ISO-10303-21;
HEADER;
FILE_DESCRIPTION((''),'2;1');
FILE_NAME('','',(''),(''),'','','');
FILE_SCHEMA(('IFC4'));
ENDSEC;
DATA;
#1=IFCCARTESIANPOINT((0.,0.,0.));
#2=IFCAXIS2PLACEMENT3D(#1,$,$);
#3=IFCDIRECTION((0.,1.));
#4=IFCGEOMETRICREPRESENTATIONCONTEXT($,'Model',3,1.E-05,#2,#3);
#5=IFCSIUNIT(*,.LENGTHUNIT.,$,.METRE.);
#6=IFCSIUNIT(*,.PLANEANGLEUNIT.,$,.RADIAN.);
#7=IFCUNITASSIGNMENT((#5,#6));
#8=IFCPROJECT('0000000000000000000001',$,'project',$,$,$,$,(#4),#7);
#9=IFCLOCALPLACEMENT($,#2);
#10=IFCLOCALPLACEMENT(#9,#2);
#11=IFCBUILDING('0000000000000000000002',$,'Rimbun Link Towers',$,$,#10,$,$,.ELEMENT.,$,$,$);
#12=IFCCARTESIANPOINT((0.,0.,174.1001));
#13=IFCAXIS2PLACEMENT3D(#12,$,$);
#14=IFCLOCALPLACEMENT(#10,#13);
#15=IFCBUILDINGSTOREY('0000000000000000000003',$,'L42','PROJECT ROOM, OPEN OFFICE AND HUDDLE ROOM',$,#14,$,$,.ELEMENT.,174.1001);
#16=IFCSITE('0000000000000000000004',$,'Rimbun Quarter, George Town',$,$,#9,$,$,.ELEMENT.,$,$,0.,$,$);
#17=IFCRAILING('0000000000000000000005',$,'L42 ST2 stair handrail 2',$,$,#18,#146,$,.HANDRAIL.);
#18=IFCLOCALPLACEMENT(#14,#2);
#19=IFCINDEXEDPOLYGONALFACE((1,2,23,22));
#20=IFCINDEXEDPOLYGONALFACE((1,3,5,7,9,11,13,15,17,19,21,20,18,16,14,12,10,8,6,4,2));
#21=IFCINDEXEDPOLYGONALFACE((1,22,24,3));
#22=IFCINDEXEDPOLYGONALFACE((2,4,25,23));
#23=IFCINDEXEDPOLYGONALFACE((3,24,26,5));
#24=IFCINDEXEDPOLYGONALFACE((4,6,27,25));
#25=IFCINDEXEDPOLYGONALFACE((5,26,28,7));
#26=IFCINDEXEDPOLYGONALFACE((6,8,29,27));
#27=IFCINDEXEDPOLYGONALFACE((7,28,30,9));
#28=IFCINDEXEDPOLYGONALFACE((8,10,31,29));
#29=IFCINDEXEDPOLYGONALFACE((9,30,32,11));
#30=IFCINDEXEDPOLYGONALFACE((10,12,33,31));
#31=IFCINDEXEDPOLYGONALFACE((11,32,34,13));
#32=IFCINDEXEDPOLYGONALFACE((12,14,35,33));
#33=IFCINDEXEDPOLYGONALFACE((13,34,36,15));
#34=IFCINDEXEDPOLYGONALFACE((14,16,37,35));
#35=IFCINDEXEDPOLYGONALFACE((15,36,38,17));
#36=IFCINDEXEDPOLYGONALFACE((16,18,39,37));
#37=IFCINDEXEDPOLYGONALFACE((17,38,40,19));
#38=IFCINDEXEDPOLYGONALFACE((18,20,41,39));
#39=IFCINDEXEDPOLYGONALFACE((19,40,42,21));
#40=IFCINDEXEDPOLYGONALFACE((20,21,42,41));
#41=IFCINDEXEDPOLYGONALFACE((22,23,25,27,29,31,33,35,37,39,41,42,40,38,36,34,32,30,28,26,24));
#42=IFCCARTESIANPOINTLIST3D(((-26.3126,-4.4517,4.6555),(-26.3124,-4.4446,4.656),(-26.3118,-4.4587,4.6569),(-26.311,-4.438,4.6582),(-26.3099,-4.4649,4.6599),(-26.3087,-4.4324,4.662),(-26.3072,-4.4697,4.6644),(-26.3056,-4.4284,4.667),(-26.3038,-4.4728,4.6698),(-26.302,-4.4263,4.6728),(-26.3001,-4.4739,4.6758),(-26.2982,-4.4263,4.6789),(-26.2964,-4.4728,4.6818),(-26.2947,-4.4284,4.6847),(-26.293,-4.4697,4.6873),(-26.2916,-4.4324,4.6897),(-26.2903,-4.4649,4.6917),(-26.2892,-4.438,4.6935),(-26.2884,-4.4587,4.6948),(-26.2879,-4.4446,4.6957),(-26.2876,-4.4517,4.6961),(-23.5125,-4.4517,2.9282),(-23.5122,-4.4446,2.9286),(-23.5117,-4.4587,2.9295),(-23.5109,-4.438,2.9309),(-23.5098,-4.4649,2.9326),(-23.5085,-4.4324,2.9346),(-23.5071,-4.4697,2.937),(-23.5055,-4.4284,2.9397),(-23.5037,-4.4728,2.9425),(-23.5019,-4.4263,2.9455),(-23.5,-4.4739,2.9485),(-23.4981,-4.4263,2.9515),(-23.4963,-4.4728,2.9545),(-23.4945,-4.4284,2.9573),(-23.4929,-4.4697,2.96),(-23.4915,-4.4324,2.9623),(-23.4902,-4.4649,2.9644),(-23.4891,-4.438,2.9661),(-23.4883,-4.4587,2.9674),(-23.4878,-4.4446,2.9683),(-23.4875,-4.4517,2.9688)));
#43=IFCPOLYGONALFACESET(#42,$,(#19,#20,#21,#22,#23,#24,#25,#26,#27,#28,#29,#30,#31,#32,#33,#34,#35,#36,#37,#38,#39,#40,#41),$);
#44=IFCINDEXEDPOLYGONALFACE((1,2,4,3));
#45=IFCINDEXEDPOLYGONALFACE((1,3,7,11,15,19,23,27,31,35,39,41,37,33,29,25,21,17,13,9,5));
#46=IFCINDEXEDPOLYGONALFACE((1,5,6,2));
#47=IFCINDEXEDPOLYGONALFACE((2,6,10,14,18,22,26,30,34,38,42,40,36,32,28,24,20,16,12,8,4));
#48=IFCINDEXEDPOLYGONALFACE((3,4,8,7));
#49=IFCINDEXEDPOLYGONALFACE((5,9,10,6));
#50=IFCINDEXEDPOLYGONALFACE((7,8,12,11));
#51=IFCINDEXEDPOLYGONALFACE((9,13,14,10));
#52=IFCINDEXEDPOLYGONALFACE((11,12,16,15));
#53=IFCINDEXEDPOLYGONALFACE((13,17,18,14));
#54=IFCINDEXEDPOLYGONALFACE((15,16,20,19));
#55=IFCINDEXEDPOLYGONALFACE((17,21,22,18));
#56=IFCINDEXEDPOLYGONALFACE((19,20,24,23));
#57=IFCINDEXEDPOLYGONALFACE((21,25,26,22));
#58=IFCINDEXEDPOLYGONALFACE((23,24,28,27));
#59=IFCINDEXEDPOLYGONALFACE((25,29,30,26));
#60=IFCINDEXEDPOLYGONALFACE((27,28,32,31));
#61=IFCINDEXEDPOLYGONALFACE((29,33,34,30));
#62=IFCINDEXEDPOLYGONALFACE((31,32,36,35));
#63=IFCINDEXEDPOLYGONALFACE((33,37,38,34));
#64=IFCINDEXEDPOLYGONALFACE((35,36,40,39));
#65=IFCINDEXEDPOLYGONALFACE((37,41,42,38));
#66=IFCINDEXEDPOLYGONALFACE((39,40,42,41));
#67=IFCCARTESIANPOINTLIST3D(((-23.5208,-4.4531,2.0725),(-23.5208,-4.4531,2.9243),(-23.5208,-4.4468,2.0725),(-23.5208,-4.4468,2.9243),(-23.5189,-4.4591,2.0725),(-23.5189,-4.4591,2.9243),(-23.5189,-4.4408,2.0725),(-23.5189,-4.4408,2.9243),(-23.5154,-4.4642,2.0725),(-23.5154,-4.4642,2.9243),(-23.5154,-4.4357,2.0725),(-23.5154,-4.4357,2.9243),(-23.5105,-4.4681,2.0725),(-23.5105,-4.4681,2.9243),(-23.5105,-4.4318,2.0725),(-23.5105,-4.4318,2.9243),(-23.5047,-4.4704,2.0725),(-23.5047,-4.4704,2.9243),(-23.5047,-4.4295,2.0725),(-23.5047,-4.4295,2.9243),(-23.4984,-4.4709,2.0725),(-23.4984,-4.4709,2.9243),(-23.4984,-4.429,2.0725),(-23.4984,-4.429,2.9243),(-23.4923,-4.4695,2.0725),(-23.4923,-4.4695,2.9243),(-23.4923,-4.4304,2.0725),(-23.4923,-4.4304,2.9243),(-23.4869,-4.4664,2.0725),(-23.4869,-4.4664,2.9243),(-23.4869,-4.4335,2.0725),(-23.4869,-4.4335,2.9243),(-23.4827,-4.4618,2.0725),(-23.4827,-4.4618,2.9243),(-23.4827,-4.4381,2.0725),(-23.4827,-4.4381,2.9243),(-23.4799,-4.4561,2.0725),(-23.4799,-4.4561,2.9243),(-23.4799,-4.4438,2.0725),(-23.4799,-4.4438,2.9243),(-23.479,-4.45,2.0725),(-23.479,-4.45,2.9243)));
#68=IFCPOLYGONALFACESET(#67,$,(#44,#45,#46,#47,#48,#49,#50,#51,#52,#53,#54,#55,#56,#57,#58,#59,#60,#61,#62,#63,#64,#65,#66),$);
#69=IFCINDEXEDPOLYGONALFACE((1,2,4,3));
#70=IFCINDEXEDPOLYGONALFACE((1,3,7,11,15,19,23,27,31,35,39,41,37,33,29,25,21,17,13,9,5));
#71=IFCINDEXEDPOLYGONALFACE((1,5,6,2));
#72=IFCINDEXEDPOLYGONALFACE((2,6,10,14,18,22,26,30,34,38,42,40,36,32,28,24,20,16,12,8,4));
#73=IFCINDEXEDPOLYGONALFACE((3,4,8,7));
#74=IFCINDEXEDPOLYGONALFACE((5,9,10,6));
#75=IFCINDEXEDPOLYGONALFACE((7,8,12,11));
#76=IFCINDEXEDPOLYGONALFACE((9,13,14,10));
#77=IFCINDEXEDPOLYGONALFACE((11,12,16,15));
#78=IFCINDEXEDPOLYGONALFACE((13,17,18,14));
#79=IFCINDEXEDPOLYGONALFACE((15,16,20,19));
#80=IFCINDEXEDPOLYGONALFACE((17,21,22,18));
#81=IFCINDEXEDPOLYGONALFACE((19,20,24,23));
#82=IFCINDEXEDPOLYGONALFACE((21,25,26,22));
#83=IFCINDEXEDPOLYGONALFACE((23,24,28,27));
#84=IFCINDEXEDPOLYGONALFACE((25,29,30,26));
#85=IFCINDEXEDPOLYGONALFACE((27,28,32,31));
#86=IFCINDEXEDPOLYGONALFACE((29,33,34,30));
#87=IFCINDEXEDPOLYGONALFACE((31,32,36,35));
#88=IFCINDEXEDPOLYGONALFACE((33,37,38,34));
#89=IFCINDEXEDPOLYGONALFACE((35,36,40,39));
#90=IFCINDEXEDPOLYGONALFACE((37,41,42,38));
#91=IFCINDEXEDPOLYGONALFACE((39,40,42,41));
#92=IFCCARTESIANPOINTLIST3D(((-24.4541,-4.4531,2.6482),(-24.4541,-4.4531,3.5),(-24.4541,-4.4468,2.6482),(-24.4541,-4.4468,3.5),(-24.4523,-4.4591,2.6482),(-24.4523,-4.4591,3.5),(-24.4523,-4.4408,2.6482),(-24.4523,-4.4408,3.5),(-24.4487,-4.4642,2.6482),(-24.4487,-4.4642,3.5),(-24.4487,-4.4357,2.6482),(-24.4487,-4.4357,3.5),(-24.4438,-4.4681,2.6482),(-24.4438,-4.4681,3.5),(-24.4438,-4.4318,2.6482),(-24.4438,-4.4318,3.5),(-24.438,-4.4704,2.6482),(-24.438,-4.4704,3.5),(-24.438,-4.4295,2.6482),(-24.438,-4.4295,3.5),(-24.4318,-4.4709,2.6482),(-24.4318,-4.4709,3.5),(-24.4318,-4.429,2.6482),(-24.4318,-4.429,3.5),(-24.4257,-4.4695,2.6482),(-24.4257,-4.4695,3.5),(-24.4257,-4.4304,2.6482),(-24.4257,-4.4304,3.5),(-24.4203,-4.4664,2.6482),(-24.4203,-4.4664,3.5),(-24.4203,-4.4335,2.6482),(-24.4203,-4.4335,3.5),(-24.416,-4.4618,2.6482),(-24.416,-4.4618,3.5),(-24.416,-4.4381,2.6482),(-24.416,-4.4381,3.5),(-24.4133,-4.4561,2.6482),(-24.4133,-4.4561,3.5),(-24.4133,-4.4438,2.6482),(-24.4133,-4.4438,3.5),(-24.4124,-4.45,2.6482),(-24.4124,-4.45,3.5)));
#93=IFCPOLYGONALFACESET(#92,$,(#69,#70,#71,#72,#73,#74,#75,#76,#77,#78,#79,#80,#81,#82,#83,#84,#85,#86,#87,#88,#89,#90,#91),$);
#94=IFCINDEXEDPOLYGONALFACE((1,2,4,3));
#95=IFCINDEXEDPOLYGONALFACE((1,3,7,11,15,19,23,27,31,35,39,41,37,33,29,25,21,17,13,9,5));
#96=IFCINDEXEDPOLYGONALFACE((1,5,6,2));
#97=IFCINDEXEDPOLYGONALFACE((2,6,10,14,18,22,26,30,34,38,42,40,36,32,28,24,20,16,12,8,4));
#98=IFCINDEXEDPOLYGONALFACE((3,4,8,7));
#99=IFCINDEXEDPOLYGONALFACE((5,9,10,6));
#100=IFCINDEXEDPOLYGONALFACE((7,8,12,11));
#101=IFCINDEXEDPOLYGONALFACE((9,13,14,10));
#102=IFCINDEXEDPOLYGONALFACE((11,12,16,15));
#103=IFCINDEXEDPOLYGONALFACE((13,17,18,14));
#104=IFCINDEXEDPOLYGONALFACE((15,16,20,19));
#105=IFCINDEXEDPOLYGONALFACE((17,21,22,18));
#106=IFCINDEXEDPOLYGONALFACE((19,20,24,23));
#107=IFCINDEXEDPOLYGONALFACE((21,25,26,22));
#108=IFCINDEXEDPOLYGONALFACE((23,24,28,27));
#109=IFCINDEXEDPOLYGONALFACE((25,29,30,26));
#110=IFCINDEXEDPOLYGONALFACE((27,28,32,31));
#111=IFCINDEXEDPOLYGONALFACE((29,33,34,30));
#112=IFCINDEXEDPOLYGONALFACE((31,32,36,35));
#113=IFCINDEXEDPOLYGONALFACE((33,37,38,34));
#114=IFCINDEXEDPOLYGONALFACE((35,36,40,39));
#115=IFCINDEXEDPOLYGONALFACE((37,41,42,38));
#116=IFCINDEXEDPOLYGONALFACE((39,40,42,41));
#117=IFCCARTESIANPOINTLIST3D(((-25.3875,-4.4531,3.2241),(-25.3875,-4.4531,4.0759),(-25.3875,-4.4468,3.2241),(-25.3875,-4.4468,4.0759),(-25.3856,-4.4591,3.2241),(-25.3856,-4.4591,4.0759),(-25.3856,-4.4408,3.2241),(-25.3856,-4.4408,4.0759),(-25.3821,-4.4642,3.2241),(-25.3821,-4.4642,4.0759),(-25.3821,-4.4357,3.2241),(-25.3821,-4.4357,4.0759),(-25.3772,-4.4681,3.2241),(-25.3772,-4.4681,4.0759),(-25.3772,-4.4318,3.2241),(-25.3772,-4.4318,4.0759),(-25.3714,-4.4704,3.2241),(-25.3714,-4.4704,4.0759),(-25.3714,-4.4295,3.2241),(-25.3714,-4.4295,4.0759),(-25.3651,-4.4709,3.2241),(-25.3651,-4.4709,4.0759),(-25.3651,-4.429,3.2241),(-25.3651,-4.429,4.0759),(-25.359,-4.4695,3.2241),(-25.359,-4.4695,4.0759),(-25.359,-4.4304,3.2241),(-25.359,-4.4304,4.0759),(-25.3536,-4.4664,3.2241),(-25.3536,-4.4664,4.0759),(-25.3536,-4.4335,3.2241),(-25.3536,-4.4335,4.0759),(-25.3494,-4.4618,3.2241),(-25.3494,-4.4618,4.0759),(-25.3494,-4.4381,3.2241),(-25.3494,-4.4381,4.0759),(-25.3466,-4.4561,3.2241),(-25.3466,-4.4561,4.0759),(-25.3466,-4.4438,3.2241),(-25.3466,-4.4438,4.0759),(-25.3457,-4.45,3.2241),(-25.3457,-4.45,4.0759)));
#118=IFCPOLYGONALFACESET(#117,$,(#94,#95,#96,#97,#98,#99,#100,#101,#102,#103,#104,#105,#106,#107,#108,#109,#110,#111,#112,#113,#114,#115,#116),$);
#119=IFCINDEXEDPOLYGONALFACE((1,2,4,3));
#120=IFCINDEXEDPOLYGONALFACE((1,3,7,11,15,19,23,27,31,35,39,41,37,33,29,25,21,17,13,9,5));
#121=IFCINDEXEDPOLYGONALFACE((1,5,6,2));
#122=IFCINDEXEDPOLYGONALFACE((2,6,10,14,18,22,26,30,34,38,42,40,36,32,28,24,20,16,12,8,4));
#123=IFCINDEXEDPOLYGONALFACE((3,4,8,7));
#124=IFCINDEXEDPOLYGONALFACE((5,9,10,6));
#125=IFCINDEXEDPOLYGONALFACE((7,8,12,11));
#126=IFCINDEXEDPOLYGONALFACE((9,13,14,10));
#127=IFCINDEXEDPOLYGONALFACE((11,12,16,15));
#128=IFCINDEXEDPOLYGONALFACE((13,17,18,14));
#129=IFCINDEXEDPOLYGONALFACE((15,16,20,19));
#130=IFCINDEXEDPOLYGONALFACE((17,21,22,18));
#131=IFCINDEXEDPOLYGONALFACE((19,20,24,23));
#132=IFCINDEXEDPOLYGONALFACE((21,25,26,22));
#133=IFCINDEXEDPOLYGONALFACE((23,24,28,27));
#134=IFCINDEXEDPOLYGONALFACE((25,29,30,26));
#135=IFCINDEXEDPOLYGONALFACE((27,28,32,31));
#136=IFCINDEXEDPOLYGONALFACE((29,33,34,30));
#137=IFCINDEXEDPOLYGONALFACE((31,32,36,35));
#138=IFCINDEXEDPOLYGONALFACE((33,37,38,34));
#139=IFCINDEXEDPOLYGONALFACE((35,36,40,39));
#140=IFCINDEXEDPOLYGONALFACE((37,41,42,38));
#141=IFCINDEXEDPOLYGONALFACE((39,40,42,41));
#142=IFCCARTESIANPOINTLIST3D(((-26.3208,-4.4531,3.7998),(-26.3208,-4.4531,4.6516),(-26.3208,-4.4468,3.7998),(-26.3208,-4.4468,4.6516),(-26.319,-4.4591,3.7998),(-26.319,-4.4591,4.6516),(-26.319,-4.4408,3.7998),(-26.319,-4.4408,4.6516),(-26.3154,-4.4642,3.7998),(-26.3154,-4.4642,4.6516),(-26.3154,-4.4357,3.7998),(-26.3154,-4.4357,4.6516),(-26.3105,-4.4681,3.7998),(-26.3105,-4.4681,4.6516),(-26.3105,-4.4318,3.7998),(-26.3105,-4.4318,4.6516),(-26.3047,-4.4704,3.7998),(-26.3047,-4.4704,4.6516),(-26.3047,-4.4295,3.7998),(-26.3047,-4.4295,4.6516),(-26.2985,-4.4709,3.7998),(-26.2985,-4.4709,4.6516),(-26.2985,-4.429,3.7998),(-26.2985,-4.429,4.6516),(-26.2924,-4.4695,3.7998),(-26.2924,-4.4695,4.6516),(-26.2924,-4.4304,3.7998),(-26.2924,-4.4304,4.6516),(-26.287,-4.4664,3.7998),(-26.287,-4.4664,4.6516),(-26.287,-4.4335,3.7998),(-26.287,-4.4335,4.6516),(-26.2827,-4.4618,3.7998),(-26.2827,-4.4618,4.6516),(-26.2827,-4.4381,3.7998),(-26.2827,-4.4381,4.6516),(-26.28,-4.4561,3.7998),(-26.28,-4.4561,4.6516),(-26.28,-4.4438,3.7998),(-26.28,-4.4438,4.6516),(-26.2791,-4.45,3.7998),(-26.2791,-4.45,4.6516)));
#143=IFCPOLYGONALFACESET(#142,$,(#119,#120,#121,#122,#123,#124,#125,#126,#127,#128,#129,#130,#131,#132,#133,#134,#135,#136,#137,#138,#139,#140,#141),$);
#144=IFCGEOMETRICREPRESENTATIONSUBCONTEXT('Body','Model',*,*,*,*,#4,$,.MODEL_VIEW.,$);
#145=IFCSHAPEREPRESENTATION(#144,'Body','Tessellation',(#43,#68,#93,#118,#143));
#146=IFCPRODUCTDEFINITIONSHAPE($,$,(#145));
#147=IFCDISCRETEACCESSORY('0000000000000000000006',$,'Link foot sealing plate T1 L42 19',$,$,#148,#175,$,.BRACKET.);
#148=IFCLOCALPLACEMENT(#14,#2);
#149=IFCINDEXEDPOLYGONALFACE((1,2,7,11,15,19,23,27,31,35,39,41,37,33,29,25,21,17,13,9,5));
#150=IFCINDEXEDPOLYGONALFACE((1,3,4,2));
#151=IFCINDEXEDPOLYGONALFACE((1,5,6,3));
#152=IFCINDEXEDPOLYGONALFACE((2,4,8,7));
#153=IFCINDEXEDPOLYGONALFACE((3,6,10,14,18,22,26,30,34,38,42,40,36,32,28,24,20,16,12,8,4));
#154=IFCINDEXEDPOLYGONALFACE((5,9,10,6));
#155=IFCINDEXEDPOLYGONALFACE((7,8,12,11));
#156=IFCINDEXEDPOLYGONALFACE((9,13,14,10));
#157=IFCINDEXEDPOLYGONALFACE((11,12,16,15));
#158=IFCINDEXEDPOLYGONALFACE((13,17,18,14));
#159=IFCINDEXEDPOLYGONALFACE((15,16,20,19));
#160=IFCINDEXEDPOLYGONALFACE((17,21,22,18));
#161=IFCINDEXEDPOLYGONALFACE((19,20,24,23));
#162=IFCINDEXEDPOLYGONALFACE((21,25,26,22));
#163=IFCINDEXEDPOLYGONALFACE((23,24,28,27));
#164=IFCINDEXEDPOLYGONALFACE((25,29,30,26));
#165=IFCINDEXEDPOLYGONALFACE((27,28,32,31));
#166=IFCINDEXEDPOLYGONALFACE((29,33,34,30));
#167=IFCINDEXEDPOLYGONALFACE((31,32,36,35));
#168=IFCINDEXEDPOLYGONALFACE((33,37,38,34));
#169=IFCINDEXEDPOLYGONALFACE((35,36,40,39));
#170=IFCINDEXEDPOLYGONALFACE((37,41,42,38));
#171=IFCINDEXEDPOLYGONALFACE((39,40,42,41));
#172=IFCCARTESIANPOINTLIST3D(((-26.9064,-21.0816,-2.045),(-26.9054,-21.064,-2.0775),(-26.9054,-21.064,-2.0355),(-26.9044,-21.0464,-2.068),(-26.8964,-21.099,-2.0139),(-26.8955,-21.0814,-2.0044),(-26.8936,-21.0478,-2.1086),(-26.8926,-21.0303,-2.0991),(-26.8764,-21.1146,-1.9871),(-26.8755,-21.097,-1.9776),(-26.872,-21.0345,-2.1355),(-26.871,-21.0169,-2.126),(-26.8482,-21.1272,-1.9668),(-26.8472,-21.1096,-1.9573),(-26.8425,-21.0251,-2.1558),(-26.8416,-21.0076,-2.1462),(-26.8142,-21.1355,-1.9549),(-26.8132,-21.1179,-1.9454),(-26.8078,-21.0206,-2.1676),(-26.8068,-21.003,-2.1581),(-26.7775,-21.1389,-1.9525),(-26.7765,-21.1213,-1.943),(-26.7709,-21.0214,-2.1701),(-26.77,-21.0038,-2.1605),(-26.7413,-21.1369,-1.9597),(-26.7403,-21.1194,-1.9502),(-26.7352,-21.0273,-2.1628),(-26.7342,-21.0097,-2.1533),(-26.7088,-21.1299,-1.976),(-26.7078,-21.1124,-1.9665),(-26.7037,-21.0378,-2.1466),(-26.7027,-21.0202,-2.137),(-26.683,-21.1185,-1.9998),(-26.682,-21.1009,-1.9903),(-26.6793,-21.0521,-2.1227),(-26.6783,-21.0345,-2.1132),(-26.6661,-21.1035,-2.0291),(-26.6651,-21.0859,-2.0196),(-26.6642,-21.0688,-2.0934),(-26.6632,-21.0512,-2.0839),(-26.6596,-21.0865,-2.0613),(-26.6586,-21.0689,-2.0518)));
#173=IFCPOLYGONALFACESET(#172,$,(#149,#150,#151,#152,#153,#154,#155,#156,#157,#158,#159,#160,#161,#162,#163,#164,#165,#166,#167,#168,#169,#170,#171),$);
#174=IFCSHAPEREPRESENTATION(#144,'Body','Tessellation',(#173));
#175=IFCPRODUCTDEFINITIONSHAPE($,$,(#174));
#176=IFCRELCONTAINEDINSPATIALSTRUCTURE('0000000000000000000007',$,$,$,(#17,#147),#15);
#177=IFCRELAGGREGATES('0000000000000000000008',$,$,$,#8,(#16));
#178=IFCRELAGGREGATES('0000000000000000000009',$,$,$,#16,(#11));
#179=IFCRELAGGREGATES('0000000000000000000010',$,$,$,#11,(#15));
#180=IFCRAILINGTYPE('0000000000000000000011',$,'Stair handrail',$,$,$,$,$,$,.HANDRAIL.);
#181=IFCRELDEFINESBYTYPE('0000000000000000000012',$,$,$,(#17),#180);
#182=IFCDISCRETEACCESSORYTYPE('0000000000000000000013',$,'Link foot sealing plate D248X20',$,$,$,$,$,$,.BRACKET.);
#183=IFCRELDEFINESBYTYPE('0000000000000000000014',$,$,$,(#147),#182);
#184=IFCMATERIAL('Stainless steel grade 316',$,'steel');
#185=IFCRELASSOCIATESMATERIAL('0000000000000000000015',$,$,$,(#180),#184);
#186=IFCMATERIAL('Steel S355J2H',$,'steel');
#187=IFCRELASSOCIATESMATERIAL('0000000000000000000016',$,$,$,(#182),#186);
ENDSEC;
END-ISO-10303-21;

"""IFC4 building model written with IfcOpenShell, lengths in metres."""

from ifc_helpers import new_model, si_unit, direction, frame, origin, origin_2d, place, context, subcontext, project, spatial, circle, extrude, material, material_profile, profile_set, type_object, element, save


model = new_model("IFC4")

# Units and contexts
model_context = context("Model", 3, precision=1e-05, world=origin(), true_north=direction((0.0, 1.0)))
body_context = subcontext(model_context, "Body", "Model", "MODEL_VIEW")
ifc_project = project(units=[si_unit("LENGTHUNIT", "METRE"), si_unit("PLANEANGLEUNIT", "RADIAN")], contexts=[model_context])

# Site, building, storey
site_placement = place(None, origin())
site = spatial("IfcSite", under=ifc_project, at=site_placement, Name="Rimbun Quarter, George Town", CompositionType="ELEMENT", RefElevation=0.0)
building_placement = place(site_placement, origin())
building = spatial("IfcBuilding", under=site, at=building_placement, Name="Rimbun Link Towers", CompositionType="ELEMENT")
storey_placement = place(building_placement, frame((0.0, 0.0, 174.1001)))
storey = spatial("IfcBuildingStorey", under=building, at=storey_placement, Name="L42", Description="PROJECT ROOM, OPEN OFFICE AND HUDDLE ROOM", CompositionType="ELEMENT", Elevation=174.1001)

# Railing
ifc_material_1 = material(Name="Stainless steel grade 316", Category="steel")
railing_type_1 = type_object("IfcRailingType", Name="Stair handrail", PredefinedType="HANDRAIL", material=ifc_material_1)
railing_1_placement = place(storey_placement, frame((-23.5, -4.45, 2.0725)))
element("IfcRailing", 1, at=railing_1_placement, inside=storey, type_object=railing_type_1, Name="L42 ST2 stair handrail 2", PredefinedType="HANDRAIL", context=body_context, shape_type="SweptSolid", body=[
    extrude(circle(Radius=0.0239, at=origin_2d()), frame((0.0, 0.0, 0.876), z_axis=(-0.85109, 0.0, 0.52502), x_axis=(0.0, -1.0, 0.0)), (0.0, 0.0, 1.0), 3.29),
    extrude(circle(Radius=0.021, at=origin_2d()), origin(), (0.0, 0.0, 1.0), 0.8518),
    extrude(circle(Radius=0.021, at=origin_2d()), frame((-0.9333, 0.0, 0.5757)), (0.0, 0.0, 1.0), 0.8518),
    extrude(circle(Radius=0.021, at=origin_2d()), frame((-1.8667, 0.0, 1.1516)), (0.0, 0.0, 1.0), 0.8518),
    extrude(circle(Radius=0.021, at=origin_2d()), frame((-2.8, 0.0, 1.7273)), (0.0, 0.0, 1.0), 0.8518),
])

# Discrete accessory
ifc_material_2 = material(Name="Steel S355J2H", Category="steel")
ifc_material_profile_1 = material_profile(ifc_material_2, circle(Radius=0.124, at=origin_2d()), Name="PL D248")
ifc_profile_set_1 = profile_set([ifc_material_profile_1], Name="Steel S355J2H")
discrete_accessory_type = type_object("IfcDiscreteAccessoryType", Name="Link foot sealing plate D248X20", PredefinedType="BRACKET", material=ifc_profile_set_1)
discrete_accessory_placement = place(storey_placement, frame((-26.7825, -21.062, -2.0518), z_axis=(-0.048791, -0.878245, -0.475716), x_axis=(0.99846, -0.05547, 0.0)))
element("IfcDiscreteAccessory", 2, at=discrete_accessory_placement, inside=storey, type_object=discrete_accessory_type, Name="Link foot sealing plate T1 L42 19", PredefinedType="BRACKET", context=body_context, shape_type="SweptSolid", body=[
    extrude(circle(Radius=0.124, at=origin_2d()), origin(), (0.0, 0.0, 1.0), 0.02),
])

save(model, "model.ifc")
